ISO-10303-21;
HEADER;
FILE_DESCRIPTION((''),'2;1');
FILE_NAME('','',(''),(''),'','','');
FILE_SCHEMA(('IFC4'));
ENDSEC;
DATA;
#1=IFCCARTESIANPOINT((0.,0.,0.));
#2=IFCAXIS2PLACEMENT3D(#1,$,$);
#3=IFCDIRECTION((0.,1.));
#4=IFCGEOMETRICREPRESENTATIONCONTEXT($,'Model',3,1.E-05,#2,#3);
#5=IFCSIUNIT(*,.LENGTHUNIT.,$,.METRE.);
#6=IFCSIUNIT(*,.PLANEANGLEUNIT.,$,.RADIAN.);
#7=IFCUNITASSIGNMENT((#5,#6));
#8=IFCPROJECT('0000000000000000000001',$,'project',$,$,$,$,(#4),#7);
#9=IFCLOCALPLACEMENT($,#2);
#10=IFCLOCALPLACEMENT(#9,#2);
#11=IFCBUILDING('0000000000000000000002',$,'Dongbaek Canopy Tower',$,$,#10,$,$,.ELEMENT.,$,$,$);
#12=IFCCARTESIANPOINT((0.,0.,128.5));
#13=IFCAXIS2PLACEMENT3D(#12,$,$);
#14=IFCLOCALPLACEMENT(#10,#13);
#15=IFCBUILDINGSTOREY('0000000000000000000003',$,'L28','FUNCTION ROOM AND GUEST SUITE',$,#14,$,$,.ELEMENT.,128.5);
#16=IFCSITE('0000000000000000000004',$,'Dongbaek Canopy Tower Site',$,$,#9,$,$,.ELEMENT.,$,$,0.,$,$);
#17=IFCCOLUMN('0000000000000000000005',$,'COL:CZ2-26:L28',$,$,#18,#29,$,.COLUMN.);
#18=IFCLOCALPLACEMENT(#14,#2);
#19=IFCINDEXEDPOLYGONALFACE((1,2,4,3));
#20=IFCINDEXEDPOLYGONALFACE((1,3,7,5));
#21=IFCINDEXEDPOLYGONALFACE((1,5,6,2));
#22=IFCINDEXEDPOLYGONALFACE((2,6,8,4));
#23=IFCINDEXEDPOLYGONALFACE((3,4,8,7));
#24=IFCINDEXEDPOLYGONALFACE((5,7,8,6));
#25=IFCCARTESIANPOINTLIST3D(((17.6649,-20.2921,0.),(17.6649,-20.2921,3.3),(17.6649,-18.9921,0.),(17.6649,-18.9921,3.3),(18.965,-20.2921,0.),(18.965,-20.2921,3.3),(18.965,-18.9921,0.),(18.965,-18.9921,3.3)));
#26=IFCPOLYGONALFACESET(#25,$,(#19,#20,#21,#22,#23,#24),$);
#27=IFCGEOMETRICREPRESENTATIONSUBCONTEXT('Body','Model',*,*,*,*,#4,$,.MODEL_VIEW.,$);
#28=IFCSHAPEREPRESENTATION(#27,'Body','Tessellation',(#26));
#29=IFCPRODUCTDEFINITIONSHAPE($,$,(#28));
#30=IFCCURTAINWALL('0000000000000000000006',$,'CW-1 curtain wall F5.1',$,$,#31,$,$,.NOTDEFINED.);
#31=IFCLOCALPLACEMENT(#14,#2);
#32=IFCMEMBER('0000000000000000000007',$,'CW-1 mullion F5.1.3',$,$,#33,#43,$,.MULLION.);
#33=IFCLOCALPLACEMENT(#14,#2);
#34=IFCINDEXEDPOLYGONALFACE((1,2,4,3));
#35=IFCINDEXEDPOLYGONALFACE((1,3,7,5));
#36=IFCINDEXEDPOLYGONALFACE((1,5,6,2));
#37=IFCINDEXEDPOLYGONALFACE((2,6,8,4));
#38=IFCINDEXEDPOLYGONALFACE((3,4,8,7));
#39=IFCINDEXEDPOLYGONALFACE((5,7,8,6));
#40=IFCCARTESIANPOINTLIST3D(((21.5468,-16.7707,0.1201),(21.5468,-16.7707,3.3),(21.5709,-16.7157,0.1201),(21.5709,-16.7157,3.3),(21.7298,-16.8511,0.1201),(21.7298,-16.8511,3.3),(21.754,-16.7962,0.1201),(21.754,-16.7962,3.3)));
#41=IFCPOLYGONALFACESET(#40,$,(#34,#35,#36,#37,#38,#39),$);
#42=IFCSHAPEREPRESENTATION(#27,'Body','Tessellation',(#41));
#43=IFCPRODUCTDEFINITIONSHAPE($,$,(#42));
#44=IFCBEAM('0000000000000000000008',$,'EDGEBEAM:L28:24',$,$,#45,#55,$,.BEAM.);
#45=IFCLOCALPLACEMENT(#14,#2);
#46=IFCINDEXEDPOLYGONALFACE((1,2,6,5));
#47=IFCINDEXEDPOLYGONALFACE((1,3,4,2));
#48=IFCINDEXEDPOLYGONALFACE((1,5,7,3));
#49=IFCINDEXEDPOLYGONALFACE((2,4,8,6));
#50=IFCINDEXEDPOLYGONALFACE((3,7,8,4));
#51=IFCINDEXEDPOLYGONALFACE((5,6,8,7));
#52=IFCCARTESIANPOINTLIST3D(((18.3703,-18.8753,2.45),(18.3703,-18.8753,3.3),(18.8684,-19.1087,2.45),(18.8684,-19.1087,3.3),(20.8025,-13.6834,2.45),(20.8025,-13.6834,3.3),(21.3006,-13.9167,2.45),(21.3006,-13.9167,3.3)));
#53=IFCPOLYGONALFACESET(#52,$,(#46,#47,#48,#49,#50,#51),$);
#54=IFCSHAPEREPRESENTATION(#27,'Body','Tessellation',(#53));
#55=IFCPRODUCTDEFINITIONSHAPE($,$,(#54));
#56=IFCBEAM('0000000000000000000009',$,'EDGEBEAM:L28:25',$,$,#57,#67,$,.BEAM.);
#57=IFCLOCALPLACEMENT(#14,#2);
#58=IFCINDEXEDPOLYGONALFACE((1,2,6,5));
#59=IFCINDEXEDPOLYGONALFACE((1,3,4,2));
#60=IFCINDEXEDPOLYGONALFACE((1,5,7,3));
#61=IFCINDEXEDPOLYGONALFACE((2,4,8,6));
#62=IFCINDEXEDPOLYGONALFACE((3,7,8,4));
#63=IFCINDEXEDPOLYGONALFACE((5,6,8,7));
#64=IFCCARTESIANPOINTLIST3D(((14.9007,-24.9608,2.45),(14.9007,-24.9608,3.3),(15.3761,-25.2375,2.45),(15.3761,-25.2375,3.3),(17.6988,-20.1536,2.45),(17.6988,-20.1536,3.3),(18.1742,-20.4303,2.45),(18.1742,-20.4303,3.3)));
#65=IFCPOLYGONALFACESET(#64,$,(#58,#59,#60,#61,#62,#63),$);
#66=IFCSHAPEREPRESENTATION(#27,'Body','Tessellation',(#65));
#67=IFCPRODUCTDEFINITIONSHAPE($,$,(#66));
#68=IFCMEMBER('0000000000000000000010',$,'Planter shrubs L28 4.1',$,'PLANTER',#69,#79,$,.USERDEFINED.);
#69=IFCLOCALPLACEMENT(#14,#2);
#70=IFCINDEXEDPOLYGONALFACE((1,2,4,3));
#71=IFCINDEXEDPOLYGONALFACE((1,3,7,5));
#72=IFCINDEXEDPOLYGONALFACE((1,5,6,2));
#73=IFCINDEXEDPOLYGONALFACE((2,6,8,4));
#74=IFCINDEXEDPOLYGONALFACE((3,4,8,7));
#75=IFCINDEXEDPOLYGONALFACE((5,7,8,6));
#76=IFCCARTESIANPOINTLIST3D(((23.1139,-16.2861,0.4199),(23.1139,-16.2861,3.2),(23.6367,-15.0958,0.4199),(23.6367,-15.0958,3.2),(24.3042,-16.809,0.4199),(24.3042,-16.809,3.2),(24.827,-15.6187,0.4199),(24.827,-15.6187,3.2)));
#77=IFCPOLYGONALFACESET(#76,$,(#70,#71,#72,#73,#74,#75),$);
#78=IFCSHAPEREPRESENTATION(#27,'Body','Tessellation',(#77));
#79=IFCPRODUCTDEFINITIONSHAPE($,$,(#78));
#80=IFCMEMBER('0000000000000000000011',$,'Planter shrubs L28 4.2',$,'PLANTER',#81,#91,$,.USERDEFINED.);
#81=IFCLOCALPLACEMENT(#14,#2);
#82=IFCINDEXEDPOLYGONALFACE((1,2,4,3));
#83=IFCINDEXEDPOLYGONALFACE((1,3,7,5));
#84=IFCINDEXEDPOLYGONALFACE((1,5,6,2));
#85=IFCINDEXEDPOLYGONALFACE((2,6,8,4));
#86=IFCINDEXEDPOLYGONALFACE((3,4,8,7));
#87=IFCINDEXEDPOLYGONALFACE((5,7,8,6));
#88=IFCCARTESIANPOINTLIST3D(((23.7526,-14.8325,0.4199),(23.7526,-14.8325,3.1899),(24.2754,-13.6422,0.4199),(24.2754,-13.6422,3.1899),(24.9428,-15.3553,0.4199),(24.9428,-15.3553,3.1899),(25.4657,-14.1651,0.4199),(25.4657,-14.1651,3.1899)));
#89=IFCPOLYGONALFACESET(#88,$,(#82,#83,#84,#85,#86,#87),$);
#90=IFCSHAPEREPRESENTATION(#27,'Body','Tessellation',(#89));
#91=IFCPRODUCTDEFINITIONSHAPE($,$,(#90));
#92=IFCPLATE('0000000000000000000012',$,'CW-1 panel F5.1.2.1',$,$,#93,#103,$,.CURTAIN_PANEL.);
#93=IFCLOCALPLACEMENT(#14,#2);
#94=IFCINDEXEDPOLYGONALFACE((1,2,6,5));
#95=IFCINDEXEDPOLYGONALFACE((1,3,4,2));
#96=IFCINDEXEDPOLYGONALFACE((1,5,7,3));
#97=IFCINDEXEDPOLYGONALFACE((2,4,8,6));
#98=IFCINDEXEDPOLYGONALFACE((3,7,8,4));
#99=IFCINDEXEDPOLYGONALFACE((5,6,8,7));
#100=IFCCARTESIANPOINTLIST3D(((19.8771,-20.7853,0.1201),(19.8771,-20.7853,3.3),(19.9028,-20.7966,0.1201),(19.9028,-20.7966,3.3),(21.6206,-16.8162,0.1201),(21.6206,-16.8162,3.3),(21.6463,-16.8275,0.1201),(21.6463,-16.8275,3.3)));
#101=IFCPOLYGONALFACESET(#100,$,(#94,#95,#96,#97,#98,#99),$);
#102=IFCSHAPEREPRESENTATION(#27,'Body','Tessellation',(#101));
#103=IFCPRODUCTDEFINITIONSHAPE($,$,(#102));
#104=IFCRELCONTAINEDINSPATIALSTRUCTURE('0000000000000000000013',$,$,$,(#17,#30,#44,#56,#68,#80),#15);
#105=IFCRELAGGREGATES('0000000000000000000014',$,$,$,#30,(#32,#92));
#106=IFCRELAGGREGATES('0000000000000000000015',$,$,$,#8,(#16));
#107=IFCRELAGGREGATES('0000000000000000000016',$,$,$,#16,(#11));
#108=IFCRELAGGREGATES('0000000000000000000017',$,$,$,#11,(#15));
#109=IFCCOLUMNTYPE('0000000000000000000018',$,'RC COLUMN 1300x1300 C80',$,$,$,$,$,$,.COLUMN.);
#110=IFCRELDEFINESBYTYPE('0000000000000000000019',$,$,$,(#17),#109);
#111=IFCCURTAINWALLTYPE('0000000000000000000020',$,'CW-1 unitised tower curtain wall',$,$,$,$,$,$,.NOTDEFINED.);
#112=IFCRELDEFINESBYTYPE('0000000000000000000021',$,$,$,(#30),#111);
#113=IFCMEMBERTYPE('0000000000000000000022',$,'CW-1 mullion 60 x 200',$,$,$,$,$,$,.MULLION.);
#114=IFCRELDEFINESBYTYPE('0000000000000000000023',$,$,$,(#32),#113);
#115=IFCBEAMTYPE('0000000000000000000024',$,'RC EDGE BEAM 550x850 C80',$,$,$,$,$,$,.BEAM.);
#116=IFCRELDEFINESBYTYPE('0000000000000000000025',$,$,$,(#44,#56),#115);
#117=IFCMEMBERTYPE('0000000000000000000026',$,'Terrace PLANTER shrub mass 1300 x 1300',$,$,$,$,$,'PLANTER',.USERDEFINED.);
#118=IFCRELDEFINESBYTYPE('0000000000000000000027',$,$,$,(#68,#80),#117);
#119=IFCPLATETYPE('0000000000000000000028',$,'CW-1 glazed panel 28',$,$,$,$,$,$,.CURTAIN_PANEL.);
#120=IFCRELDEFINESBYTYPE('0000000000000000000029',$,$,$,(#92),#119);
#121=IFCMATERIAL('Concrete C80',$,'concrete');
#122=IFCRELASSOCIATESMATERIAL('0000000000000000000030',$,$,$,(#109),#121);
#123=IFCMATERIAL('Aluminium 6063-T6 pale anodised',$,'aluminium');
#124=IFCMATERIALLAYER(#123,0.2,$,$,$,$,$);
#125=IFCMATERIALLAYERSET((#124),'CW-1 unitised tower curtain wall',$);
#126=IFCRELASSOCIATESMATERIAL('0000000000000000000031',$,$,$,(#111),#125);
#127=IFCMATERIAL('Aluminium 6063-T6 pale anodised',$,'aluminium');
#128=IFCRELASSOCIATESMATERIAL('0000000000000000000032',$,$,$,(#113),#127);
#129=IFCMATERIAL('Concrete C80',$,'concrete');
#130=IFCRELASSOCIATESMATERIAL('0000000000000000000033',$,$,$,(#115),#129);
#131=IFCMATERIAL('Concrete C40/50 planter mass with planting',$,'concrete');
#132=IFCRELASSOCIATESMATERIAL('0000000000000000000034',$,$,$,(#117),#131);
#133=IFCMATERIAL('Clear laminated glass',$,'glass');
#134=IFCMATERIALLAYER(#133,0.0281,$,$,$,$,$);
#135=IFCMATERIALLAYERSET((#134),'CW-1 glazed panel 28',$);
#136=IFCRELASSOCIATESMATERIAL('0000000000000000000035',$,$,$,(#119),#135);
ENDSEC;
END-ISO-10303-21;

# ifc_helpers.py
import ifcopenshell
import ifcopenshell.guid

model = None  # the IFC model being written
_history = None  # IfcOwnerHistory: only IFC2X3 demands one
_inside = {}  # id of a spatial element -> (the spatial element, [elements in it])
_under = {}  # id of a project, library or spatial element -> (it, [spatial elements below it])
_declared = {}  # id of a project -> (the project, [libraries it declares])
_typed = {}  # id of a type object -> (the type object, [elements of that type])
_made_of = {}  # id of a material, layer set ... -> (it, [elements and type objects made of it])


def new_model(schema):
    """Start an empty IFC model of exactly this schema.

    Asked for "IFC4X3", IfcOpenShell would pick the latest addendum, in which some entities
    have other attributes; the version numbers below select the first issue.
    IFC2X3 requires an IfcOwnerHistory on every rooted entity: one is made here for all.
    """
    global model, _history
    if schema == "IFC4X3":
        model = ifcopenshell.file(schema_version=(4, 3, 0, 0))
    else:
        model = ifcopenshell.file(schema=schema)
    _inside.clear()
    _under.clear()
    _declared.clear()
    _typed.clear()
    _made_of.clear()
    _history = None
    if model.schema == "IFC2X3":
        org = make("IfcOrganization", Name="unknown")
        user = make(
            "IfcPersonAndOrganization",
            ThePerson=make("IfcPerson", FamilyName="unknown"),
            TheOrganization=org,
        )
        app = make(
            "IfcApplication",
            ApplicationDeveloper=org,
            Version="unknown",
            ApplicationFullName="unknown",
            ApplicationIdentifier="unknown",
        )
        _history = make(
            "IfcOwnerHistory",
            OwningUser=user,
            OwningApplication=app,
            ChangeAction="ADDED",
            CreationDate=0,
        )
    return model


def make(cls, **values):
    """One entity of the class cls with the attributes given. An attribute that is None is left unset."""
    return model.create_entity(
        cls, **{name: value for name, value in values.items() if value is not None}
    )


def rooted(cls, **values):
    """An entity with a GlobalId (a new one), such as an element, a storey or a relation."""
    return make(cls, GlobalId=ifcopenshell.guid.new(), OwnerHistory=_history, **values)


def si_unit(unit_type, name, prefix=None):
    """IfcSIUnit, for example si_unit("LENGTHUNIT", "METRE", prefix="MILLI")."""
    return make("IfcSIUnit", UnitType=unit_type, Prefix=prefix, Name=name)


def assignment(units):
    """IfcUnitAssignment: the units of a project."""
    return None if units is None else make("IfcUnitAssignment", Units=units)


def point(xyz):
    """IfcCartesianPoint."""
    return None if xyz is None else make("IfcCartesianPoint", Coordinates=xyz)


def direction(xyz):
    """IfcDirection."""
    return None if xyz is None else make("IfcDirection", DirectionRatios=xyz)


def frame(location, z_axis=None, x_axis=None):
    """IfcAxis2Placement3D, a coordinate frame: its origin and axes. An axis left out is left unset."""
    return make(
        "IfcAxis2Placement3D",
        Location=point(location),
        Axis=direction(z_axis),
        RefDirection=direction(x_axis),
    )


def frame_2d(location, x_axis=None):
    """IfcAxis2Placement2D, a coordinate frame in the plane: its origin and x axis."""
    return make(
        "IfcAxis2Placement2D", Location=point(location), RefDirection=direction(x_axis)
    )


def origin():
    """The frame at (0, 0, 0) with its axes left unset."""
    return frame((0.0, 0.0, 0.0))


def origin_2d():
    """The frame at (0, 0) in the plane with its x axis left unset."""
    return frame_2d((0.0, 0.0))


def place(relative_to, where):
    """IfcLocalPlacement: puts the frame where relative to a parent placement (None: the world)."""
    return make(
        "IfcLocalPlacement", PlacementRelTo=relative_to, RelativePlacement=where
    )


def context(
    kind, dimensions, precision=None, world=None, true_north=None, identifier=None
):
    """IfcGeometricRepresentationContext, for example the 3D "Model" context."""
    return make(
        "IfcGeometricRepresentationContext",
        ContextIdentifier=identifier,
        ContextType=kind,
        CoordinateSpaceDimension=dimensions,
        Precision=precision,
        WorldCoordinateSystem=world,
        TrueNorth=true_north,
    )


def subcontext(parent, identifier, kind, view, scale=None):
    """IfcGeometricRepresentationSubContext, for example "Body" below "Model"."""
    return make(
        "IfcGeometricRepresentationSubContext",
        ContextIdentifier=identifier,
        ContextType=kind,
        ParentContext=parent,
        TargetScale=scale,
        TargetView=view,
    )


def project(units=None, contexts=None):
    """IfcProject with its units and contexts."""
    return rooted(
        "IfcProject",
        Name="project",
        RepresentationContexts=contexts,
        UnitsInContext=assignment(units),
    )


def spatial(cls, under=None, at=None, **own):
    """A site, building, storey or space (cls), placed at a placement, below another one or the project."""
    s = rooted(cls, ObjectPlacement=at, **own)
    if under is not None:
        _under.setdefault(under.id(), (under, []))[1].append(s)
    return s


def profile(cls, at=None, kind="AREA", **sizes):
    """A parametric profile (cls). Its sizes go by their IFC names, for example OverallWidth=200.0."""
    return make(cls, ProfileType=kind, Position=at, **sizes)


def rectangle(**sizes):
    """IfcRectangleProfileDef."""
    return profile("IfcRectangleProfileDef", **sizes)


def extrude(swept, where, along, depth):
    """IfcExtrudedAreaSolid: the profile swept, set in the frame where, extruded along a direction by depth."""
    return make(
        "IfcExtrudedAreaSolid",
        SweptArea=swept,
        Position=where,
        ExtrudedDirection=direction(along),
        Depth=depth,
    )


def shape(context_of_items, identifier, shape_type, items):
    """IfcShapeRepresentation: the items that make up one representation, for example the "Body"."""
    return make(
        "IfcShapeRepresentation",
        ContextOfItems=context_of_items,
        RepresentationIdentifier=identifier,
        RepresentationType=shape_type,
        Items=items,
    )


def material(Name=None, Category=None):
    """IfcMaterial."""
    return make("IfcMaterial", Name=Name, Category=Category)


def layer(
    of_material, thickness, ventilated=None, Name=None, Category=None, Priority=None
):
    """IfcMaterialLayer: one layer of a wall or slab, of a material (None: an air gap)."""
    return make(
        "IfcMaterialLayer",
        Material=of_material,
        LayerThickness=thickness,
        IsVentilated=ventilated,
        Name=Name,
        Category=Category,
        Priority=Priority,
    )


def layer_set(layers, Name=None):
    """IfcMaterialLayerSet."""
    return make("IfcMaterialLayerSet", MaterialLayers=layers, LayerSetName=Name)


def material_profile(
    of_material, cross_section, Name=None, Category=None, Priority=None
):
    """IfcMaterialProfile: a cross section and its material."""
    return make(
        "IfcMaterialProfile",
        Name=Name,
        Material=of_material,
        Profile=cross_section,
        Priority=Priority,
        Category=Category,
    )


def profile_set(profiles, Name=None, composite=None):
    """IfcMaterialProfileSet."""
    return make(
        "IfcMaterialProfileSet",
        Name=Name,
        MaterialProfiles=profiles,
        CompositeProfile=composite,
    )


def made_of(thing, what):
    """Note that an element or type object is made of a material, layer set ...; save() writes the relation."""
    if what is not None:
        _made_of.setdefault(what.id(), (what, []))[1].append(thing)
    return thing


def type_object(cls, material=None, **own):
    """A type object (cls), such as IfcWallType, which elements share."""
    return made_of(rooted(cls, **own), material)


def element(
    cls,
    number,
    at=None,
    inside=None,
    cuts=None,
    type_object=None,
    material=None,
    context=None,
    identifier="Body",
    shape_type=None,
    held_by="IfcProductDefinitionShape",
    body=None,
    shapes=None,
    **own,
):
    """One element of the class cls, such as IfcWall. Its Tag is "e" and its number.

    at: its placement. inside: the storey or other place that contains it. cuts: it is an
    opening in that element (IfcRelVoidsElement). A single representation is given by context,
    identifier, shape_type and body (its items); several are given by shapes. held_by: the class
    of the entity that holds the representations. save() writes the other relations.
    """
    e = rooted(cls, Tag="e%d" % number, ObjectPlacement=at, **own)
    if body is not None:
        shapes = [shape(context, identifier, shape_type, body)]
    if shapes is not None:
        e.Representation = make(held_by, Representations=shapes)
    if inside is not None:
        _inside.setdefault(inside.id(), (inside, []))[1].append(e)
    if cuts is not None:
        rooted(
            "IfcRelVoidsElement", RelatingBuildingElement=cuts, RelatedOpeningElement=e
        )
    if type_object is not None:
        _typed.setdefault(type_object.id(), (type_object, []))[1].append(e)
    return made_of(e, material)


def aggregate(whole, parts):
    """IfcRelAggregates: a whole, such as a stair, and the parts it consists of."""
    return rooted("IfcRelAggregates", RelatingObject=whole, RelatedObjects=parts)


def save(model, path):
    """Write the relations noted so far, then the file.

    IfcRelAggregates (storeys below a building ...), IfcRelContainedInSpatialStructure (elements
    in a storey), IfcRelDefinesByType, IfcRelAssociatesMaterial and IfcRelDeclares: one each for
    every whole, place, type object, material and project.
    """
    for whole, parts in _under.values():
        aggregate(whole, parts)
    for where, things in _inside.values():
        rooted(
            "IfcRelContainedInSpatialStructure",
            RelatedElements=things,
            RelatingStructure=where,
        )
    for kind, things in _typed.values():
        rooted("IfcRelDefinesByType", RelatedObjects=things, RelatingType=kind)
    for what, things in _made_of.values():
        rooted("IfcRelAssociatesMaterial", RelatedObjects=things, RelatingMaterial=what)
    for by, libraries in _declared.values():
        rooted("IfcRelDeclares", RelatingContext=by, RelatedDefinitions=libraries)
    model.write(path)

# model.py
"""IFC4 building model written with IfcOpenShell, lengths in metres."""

from ifc_helpers import new_model, si_unit, direction, frame, origin, origin_2d, place, context, subcontext, project, spatial, rectangle, extrude, material, layer, layer_set, material_profile, profile_set, type_object, element, aggregate, save


model = new_model("IFC4")

# Units and contexts
model_context = context("Model", 3, precision=1e-05, world=origin(), true_north=direction((0.0, 1.0)))
body_context = subcontext(model_context, "Body", "Model", "MODEL_VIEW")
ifc_project = project(units=[si_unit("LENGTHUNIT", "METRE"), si_unit("PLANEANGLEUNIT", "RADIAN")], contexts=[model_context])

# Site, building, storey
site_placement = place(None, origin())
site = spatial("IfcSite", under=ifc_project, at=site_placement, Name="Dongbaek Canopy Tower Site", CompositionType="ELEMENT", RefElevation=0.0)
building_placement = place(site_placement, origin())
building = spatial("IfcBuilding", under=site, at=building_placement, Name="Dongbaek Canopy Tower", CompositionType="ELEMENT")
storey_placement = place(building_placement, frame((0.0, 0.0, 128.5)))
storey = spatial("IfcBuildingStorey", under=building, at=storey_placement, Name="L28", Description="FUNCTION ROOM AND GUEST SUITE", CompositionType="ELEMENT", Elevation=128.5)

# Column
ifc_material_1 = material(Name="Concrete C80", Category="concrete")
ifc_material_profile_1 = material_profile(ifc_material_1, rectangle(XDim=1.3, YDim=1.3, at=origin_2d()), Name="RC COLUMN 1300x1300 C80")
ifc_profile_set_1 = profile_set([ifc_material_profile_1], Name="Concrete C80")
column_type = type_object("IfcColumnType", Name="RC COLUMN 1300x1300 C80", PredefinedType="COLUMN", material=ifc_profile_set_1)
column_placement = place(storey_placement, frame((18.3149, -19.6421, 0.0), z_axis=(0.0, 0.0, 1.0), x_axis=(1.0, 0.0, 0.0)))
element("IfcColumn", 1, at=column_placement, inside=storey, type_object=column_type, Name="COL:CZ2-26:L28", PredefinedType="COLUMN", context=body_context, shape_type="SweptSolid", body=[
    extrude(rectangle(XDim=1.3, YDim=1.3, at=origin_2d()), origin(), (0.0, 0.0, 1.0), 3.3),
])

# Curtain wall, member
ifc_material_2 = material(Name="Aluminium 6063-T6 pale anodised", Category="aluminium")
ifc_layer_1 = layer(ifc_material_2, 0.2)
ifc_layer_set_1 = layer_set([ifc_layer_1], Name="CW-1 unitised tower curtain wall")
curtain_wall_type = type_object("IfcCurtainWallType", Name="CW-1 unitised tower curtain wall", PredefinedType="NOTDEFINED", material=ifc_layer_set_1)
curtain_wall_placement = place(storey_placement, origin())
curtain_wall = element("IfcCurtainWall", 2, at=curtain_wall_placement, inside=storey, type_object=curtain_wall_type, Name="CW-1 curtain wall F5.1", PredefinedType="NOTDEFINED")
ifc_material_3 = material(Name="Aluminium 6063-T6 pale anodised", Category="aluminium")
ifc_material_profile_2 = material_profile(ifc_material_3, rectangle(XDim=0.2, YDim=0.0601, at=origin_2d()), Name="CW-1 mullion 60 x 200")
ifc_profile_set_2 = profile_set([ifc_material_profile_2], Name="Aluminium 6063-T6 pale anodised")
member_type_1 = type_object("IfcMemberType", Name="CW-1 mullion 60 x 200", PredefinedType="MULLION", material=ifc_profile_set_2)
member_1_placement = place(storey_placement, frame((21.6504, -16.7834, 0.1201), z_axis=(0.0, 0.0, 1.0), x_axis=(0.915562, -0.402176, 0.0)))
member_1 = element("IfcMember", 3, at=member_1_placement, type_object=member_type_1, Name="CW-1 mullion F5.1.3", PredefinedType="MULLION", context=body_context, shape_type="SweptSolid", body=[
    extrude(rectangle(XDim=0.2, YDim=0.0601, at=origin_2d()), origin(), (0.0, 0.0, 1.0), 3.1799),
])

# Beams
ifc_material_4 = material(Name="Concrete C80", Category="concrete")
ifc_material_profile_3 = material_profile(ifc_material_4, rectangle(XDim=0.55, YDim=0.8501, at=origin_2d()), Name="RC EDGE BEAM 550x850 C80")
ifc_profile_set_3 = profile_set([ifc_material_profile_3], Name="Concrete C80")
beam_type = type_object("IfcBeamType", Name="RC EDGE BEAM 550x850 C80", PredefinedType="BEAM", material=ifc_profile_set_3)
beam_1_placement = place(storey_placement, frame((21.0515, -13.8, 2.875), z_axis=(-0.424209, -0.905564, 0.0), x_axis=(0.905564, -0.424209, 0.0)))
element("IfcBeam", 4, at=beam_1_placement, inside=storey, type_object=beam_type, Name="EDGEBEAM:L28:24", PredefinedType="BEAM", context=body_context, shape_type="SweptSolid", body=[
    extrude(rectangle(XDim=0.55, YDim=0.8501, at=origin_2d()), origin(), (0.0, 0.0, 1.0), 5.7334),
])
beam_2_placement = place(storey_placement, frame((17.9365, -20.292, 2.875), z_axis=(-0.503058, -0.864253, 0.0), x_axis=(0.864253, -0.503058, 0.0)))
element("IfcBeam", 5, at=beam_2_placement, inside=storey, type_object=beam_type, Name="EDGEBEAM:L28:25", PredefinedType="BEAM", context=body_context, shape_type="SweptSolid", body=[
    extrude(rectangle(XDim=0.55, YDim=0.8501, at=origin_2d()), origin(), (0.0, 0.0, 1.0), 5.5623),
])

# Members
ifc_material_5 = material(Name="Concrete C40/50 planter mass with planting", Category="concrete")
ifc_material_profile_4 = material_profile(ifc_material_5, rectangle(XDim=1.3, YDim=1.3, at=origin_2d()), Name="Terrace PLANTER shrub mass 1300 x 1300")
ifc_profile_set_4 = profile_set([ifc_material_profile_4], Name="Concrete C40/50 planter mass with planting")
member_type_2 = type_object("IfcMemberType", Name="Terrace PLANTER shrub mass 1300 x 1300", ElementType="PLANTER", PredefinedType="USERDEFINED", material=ifc_profile_set_4)
member_2_placement = place(storey_placement, frame((23.9705, -15.9524, 0.4199), z_axis=(0.0, 0.0, 1.0), x_axis=(0.915562, -0.402176, 0.0)))
element("IfcMember", 6, at=member_2_placement, inside=storey, type_object=member_type_2, Name="Planter shrubs L28 4.1", ObjectType="PLANTER", PredefinedType="USERDEFINED", context=body_context, shape_type="SweptSolid", body=[
    extrude(rectangle(XDim=1.3, YDim=1.3, at=origin_2d()), origin(), (0.0, 0.0, 1.0), 2.78),
])
member_3_placement = place(storey_placement, frame((24.6091, -14.4988, 0.4199), z_axis=(0.0, 0.0, 1.0), x_axis=(0.915562, -0.402176, 0.0)))
element("IfcMember", 7, at=member_3_placement, inside=storey, type_object=member_type_2, Name="Planter shrubs L28 4.2", ObjectType="PLANTER", PredefinedType="USERDEFINED", context=body_context, shape_type="SweptSolid", body=[
    extrude(rectangle(XDim=1.3, YDim=1.3, at=origin_2d()), origin(), (0.0, 0.0, 1.0), 2.77),
])

# Plate
ifc_material_6 = material(Name="Clear laminated glass", Category="glass")
ifc_layer_2 = layer(ifc_material_6, 0.0281)
ifc_layer_set_2 = layer_set([ifc_layer_2], Name="CW-1 glazed panel 28")
plate_type = type_object("IfcPlateType", Name="CW-1 glazed panel 28", PredefinedType="CURTAIN_PANEL", material=ifc_layer_set_2)
plate_placement = place(storey_placement, frame((20.7617, -18.8064, 0.1201), z_axis=(0.0, 0.0, 1.0), x_axis=(0.402176, 0.915562, 0.0)))
plate = element("IfcPlate", 8, at=plate_placement, type_object=plate_type, Name="CW-1 panel F5.1.2.1", PredefinedType="CURTAIN_PANEL", context=body_context, shape_type="SweptSolid", body=[
    extrude(rectangle(XDim=4.3352, YDim=0.0281, at=origin_2d()), origin(), (0.0, 0.0, 1.0), 3.1799),
])

aggregate(curtain_wall, [member_1, plate])

save(model, "model.ifc")
